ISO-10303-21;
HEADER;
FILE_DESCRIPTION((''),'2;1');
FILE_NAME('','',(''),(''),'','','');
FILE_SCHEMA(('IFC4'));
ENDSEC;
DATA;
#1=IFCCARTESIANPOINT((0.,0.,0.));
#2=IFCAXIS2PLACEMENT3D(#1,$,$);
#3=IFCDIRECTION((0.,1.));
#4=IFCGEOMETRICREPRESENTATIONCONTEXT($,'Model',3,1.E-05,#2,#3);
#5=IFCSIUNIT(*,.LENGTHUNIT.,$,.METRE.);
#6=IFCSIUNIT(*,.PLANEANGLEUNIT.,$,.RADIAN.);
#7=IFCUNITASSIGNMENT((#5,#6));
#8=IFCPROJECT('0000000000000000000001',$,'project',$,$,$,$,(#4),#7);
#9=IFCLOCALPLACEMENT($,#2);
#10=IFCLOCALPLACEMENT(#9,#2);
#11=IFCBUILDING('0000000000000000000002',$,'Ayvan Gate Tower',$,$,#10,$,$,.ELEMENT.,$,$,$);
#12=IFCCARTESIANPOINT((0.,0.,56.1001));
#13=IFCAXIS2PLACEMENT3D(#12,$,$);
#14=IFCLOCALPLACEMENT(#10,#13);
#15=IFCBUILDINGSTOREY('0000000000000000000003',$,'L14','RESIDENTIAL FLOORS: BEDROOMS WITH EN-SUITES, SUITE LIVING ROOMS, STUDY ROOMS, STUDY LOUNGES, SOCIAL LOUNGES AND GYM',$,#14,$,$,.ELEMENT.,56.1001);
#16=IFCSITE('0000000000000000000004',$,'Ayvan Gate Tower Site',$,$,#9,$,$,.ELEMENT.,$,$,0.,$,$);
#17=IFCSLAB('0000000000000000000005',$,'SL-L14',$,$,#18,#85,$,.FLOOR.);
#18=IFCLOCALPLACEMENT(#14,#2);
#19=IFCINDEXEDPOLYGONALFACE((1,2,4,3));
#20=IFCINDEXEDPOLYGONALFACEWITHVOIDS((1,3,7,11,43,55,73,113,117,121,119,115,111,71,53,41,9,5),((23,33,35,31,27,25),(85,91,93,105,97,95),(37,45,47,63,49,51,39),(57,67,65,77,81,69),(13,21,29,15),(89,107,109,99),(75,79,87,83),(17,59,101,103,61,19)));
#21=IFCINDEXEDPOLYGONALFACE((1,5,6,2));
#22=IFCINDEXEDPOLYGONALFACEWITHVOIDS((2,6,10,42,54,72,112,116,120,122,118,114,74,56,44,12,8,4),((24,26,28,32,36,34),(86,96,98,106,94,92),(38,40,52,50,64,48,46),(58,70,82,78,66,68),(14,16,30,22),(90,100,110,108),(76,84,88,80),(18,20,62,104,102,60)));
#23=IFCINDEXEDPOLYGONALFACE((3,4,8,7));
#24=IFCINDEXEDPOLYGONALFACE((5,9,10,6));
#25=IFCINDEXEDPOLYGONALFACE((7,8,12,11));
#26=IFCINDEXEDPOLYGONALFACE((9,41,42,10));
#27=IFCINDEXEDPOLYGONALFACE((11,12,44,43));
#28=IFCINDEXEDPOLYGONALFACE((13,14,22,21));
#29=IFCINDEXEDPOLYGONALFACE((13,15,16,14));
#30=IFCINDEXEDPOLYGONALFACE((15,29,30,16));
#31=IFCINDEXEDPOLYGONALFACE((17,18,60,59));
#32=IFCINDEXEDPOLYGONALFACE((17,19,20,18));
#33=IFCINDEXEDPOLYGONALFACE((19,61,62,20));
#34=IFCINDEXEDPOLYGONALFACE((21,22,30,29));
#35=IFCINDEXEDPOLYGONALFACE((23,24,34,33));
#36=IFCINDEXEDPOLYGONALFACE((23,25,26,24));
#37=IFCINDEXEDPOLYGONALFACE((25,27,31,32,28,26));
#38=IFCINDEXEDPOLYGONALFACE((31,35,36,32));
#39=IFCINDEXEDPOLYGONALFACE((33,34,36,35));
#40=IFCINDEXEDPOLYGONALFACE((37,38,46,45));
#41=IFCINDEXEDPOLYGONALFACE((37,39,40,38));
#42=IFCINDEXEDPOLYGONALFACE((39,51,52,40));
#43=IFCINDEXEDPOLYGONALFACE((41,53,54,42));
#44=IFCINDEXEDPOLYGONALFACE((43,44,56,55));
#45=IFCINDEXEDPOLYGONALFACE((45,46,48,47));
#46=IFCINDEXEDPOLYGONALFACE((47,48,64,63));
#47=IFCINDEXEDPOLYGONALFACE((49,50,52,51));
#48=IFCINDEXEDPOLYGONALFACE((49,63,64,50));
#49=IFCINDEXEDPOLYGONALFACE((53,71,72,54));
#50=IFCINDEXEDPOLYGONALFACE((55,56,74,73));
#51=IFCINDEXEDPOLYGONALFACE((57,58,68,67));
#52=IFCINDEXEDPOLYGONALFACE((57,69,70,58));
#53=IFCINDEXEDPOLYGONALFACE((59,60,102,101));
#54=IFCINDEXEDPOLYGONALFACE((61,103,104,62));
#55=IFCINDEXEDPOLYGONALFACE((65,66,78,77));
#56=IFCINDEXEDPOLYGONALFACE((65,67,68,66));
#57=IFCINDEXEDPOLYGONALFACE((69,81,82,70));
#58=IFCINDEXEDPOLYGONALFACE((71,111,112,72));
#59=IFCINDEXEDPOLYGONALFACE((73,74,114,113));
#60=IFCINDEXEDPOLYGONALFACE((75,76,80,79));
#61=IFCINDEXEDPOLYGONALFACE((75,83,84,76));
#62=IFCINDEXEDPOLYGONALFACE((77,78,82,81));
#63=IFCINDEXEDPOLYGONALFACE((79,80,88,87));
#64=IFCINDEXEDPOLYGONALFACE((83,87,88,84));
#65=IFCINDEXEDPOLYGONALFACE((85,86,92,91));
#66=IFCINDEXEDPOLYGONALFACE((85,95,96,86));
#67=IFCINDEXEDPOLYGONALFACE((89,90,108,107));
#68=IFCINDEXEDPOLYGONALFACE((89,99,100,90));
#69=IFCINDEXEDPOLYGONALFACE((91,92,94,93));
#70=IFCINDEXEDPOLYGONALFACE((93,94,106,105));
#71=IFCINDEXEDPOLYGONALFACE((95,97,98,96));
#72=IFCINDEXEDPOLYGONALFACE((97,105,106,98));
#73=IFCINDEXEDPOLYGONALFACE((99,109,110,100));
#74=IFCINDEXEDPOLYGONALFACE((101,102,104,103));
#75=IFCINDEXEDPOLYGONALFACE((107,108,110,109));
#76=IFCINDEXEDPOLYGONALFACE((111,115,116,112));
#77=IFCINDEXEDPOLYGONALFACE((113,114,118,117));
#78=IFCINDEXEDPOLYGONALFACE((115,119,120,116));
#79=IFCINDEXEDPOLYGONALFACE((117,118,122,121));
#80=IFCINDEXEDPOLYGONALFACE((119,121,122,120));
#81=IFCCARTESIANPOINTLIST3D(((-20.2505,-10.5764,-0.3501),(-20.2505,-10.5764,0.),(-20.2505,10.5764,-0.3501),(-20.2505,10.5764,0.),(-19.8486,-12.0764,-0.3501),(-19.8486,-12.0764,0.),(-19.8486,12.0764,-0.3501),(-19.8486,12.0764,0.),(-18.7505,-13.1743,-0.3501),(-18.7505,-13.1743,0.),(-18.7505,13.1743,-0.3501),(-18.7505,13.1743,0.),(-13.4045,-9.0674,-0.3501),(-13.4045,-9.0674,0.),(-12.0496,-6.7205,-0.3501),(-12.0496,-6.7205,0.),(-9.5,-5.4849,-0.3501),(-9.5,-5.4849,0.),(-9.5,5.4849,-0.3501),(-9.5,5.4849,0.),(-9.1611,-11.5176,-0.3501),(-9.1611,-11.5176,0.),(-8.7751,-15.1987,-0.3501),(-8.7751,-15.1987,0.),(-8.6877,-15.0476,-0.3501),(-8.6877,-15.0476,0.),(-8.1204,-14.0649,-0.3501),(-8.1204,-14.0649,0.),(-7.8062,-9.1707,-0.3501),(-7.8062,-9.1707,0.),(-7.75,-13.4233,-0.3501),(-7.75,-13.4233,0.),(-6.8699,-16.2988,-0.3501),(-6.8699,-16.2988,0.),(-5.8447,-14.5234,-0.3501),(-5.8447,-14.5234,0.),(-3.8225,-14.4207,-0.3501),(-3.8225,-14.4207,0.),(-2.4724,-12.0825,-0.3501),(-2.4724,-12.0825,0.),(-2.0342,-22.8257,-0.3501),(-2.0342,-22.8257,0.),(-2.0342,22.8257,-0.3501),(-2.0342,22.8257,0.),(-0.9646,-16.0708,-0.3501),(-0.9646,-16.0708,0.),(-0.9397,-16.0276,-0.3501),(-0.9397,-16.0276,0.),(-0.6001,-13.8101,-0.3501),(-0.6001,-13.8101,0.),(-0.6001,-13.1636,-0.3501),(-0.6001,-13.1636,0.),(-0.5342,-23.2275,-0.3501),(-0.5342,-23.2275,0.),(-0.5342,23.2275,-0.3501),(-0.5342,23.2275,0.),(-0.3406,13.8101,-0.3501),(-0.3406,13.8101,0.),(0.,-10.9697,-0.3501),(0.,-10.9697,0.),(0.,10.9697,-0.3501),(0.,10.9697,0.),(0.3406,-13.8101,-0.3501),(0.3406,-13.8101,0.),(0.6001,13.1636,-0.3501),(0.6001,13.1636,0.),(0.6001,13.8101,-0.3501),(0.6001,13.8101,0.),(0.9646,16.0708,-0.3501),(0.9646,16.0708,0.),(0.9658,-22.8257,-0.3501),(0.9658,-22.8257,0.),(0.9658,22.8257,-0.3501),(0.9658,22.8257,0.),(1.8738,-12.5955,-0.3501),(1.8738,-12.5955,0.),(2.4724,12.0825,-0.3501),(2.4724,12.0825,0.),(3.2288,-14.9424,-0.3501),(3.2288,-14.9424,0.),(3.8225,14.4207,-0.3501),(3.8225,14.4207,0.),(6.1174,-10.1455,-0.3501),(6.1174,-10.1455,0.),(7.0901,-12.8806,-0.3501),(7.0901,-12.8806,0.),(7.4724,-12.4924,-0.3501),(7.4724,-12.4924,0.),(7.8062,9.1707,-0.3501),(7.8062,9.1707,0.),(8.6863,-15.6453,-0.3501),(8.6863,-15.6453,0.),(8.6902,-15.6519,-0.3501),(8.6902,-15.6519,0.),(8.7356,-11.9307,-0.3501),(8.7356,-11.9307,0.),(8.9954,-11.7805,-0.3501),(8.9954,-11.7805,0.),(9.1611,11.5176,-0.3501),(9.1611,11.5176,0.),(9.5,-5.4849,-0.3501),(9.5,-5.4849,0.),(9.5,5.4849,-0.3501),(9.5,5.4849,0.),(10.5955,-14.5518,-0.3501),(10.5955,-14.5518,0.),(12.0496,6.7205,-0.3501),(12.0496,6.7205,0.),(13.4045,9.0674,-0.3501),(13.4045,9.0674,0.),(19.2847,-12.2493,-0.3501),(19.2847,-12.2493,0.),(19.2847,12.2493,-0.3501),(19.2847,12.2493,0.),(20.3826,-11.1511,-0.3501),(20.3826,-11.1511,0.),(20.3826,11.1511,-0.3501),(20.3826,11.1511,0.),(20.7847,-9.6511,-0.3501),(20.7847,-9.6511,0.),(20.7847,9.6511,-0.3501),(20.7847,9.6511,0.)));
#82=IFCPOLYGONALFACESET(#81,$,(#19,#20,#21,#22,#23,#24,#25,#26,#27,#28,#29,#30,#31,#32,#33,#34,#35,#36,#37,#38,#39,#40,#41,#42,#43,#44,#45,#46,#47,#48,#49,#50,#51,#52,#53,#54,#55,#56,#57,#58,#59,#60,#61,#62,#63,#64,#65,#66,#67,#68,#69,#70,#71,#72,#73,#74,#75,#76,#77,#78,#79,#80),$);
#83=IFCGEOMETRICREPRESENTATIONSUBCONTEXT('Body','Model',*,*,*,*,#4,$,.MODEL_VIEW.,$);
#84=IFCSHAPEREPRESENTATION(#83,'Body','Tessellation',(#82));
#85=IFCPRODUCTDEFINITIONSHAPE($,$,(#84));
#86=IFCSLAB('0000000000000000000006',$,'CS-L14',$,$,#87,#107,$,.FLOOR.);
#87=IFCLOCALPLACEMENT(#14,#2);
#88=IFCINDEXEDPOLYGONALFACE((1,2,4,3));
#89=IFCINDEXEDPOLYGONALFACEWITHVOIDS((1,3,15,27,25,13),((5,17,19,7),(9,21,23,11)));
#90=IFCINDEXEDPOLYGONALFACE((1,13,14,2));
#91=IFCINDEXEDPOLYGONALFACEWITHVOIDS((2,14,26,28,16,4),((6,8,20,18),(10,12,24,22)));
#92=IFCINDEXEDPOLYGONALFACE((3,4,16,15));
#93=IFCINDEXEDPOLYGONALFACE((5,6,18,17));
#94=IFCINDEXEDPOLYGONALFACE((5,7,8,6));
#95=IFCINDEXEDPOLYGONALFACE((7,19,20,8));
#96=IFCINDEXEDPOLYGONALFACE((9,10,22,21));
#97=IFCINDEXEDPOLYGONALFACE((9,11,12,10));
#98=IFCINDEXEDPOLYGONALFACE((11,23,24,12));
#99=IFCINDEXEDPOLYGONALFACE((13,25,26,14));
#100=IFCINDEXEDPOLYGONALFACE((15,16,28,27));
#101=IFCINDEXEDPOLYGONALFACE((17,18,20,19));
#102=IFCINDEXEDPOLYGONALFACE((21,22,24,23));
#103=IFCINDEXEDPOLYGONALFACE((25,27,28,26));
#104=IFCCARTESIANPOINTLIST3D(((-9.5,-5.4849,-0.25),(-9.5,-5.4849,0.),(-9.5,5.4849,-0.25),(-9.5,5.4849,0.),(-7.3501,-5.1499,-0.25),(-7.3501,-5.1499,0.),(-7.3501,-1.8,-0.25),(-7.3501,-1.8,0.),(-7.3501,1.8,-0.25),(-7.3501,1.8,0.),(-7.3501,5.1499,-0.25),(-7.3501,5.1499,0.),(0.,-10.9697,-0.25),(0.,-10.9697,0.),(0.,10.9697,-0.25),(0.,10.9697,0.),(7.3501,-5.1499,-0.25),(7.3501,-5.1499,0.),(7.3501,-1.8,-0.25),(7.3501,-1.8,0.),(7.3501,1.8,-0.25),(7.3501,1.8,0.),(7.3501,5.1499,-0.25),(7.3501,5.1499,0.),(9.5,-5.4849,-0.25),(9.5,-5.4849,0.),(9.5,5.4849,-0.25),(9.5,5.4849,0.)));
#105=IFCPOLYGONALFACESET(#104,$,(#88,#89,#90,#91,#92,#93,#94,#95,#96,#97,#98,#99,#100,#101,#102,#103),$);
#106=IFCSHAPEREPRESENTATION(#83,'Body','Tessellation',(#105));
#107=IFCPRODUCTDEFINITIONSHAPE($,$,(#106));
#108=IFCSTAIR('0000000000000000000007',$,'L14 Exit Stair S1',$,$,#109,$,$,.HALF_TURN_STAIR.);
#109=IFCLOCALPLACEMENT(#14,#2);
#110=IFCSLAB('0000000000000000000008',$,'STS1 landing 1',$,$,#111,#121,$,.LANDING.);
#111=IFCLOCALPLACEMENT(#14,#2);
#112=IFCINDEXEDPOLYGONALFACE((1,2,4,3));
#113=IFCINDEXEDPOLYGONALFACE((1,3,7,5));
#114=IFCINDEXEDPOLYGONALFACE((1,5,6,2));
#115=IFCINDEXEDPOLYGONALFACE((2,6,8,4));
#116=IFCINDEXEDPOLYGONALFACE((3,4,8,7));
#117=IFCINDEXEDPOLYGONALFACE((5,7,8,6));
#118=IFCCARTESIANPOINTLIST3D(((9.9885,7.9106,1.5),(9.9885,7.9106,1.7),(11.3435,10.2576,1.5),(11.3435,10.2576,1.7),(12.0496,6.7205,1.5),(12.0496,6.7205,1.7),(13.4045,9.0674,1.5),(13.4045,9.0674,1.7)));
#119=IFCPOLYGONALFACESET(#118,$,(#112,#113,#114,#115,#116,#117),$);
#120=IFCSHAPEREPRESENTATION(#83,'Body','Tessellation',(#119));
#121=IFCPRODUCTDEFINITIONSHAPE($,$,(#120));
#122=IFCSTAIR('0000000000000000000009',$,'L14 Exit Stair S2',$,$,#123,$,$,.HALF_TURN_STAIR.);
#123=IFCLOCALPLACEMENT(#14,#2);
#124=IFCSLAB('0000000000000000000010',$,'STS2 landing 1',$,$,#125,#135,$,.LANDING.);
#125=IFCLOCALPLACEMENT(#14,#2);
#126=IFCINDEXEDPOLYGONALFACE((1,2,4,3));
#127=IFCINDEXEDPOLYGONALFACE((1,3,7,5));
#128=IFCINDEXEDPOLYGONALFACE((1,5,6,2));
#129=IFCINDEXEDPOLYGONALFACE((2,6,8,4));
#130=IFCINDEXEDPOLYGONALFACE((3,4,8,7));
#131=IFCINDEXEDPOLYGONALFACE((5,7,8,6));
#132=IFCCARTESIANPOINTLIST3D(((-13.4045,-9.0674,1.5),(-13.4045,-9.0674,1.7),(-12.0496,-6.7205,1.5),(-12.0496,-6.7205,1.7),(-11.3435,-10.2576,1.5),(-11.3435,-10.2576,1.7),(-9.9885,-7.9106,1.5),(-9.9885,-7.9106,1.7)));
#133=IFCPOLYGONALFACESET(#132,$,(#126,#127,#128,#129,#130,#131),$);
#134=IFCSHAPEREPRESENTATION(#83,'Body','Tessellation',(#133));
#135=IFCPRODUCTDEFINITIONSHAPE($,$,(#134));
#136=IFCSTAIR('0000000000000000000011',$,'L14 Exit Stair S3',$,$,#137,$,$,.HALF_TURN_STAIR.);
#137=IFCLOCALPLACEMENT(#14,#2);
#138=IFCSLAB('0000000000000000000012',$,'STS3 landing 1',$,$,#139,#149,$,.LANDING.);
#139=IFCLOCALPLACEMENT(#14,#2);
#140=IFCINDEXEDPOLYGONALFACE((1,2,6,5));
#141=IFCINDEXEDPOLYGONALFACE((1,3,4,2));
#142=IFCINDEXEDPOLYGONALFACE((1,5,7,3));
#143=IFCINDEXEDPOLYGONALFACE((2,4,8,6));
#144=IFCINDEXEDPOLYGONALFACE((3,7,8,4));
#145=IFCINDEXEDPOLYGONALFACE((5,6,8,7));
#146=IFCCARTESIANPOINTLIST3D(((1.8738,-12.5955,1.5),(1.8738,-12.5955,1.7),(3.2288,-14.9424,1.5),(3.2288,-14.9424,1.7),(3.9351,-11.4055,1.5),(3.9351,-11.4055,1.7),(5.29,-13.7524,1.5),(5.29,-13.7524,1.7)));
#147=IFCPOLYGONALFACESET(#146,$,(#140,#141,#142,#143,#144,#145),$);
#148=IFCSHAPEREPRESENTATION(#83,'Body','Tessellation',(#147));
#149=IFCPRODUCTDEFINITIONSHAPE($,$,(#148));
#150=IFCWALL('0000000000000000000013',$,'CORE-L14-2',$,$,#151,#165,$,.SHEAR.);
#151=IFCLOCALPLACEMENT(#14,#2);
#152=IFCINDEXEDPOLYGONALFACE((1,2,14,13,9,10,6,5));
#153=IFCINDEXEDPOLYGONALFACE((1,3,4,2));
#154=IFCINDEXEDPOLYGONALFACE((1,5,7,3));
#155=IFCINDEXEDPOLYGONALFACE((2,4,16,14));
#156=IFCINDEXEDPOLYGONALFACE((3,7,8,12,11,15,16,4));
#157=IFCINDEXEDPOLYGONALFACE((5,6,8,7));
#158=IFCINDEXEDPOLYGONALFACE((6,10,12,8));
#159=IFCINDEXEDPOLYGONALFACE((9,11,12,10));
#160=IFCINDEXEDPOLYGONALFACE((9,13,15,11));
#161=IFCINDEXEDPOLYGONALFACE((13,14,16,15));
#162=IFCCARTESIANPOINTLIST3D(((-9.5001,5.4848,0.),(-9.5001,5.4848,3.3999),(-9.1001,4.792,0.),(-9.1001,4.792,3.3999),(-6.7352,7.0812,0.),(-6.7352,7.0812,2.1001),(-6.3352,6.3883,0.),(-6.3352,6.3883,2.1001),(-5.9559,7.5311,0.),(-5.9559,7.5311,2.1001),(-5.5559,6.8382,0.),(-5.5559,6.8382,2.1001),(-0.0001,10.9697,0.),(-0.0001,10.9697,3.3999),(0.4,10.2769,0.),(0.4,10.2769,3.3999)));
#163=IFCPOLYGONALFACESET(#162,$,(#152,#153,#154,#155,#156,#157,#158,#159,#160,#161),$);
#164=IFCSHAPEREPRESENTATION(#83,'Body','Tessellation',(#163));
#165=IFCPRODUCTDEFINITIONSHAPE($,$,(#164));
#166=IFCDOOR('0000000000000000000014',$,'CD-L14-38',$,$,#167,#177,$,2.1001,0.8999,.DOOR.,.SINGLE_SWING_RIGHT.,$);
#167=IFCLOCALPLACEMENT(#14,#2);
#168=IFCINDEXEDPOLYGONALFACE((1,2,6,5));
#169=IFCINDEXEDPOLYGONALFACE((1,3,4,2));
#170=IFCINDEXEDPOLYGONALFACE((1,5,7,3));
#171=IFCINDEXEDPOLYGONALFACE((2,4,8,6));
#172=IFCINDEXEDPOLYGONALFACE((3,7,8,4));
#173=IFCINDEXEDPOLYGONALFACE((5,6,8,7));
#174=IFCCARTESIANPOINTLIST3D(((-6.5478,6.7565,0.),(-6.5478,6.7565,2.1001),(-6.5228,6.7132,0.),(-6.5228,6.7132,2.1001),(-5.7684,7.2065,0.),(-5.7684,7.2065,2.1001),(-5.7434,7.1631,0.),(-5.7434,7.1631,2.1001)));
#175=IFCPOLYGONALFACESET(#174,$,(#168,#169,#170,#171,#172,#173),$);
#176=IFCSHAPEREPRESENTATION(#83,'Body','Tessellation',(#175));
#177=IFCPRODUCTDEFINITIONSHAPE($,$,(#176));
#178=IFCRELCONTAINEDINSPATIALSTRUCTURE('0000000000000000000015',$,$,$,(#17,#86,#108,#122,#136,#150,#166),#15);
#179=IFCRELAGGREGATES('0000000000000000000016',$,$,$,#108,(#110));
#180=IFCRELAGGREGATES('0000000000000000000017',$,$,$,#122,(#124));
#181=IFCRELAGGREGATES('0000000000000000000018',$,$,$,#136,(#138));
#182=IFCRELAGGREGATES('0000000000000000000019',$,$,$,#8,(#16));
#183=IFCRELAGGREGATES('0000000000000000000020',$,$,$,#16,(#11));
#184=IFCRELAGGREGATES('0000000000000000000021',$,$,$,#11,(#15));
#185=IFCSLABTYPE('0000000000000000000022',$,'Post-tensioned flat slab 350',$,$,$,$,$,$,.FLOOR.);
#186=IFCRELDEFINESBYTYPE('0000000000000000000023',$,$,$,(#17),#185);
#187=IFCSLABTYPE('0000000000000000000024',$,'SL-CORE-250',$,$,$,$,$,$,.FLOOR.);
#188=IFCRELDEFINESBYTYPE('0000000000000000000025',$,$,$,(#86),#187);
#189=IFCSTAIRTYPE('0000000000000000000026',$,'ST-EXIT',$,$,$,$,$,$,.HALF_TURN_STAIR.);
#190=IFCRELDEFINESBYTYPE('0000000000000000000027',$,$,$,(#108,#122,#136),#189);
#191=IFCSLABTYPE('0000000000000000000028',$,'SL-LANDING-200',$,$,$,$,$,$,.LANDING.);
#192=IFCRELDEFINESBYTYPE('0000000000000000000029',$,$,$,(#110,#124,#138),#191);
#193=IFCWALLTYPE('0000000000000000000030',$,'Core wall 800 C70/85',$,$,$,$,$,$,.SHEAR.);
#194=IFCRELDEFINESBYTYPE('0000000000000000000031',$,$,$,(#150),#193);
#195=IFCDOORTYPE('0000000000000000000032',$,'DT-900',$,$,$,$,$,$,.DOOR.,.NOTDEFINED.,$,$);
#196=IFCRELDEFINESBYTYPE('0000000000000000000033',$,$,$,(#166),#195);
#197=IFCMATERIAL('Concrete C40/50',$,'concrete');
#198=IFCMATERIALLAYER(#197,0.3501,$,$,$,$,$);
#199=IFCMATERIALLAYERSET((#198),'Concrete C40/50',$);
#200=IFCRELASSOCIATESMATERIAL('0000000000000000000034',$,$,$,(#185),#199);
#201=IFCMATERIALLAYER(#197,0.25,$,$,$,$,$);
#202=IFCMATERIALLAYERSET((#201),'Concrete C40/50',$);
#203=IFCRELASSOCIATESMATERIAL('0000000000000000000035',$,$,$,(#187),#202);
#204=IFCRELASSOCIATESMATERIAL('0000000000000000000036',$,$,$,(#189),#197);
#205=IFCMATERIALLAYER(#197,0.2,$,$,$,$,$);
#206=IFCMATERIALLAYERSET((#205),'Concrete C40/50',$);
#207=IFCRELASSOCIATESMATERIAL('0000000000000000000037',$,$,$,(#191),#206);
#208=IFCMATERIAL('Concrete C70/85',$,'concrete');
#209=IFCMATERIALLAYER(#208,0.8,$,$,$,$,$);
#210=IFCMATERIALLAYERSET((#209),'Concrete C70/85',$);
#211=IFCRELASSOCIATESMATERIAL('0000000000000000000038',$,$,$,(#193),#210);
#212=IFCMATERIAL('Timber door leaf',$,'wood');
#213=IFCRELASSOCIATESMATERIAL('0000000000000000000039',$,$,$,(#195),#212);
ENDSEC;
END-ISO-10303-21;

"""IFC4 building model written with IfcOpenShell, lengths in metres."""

from ifc_helpers import new_model, si_unit, direction, frame, frame_2d, origin, place, context, subcontext, project, spatial, polyline, rectangle, outline, extrude, material, layer, layer_set, type_object, element, fill, aggregate, save


model = new_model("IFC4")

# Units and contexts
model_context = context("Model", 3, precision=1e-05, world=origin(), true_north=direction((0.0, 1.0)))
body_context = subcontext(model_context, "Body", "Model", "MODEL_VIEW")
ifc_project = project(units=[si_unit("LENGTHUNIT", "METRE"), si_unit("PLANEANGLEUNIT", "RADIAN")], contexts=[model_context])

# Site, building, storey
site_placement = place(None, origin())
site = spatial("IfcSite", under=ifc_project, at=site_placement, Name="Ayvan Gate Tower Site", CompositionType="ELEMENT", RefElevation=0.0)
building_placement = place(site_placement, origin())
building = spatial("IfcBuilding", under=site, at=building_placement, Name="Ayvan Gate Tower", CompositionType="ELEMENT")
storey_placement = place(building_placement, frame((0.0, 0.0, 56.1001)))
storey = spatial("IfcBuildingStorey", under=building, at=storey_placement, Name="L14", Description="RESIDENTIAL FLOORS: BEDROOMS WITH EN-SUITES, SUITE LIVING ROOMS, STUDY ROOMS, STUDY LOUNGES, SOCIAL LOUNGES AND GYM", CompositionType="ELEMENT", Elevation=56.1001)

# Slabs
ifc_material_1 = material(Name="Concrete C40/50", Category="concrete")
ifc_layer_1 = layer(ifc_material_1, 0.3501)
ifc_layer_set_1 = layer_set([ifc_layer_1], Name="Concrete C40/50")
slab_type_1 = type_object("IfcSlabType", Name="Post-tensioned flat slab 350", PredefinedType="FLOOR", material=ifc_layer_set_1)
slab_1_placement = place(storey_placement, frame((0.0, 0.0, -0.3501)))
element("IfcSlab", 1, at=slab_1_placement, inside=storey, type_object=slab_type_1, Name="SL-L14", PredefinedType="FLOOR", context=body_context, shape_type="SweptSolid", body=[
    extrude(outline(polyline([(-2.0342, -22.8257), (-18.7505, -13.1743), (-19.8486, -12.0764), (-20.2505, -10.5764), (-20.2505, 10.5764), (-19.8486, 12.0764), (-18.7505, 13.1743), (-2.0342, 22.8257), (-0.5342, 23.2275), (0.9658, 22.8257), (19.2847, 12.2493), (20.3826, 11.1511), (20.7847, 9.6511), (20.7847, -9.6511), (20.3826, -11.1511), (19.2847, -12.2493), (0.9658, -22.8257), (-0.5342, -23.2275), (-2.0342, -22.8257)]), holes=[polyline([(9.1611, 11.5176), (7.8062, 9.1707), (12.0496, 6.7205), (13.4045, 9.0674), (9.1611, 11.5176)]), polyline([(10.5955, -14.5518), (8.9954, -11.7805), (8.7356, -11.9307), (7.0901, -12.8806), (8.6863, -15.6453), (8.6902, -15.6519), (10.5955, -14.5518)]), polyline([(-9.5, 5.4849), (-9.5, -5.4849), (0.0, -10.9697), (9.5, -5.4849), (9.5, 5.4849), (0.0, 10.9697), (-9.5, 5.4849)]), polyline([(7.4724, -12.4924), (6.1174, -10.1455), (1.8738, -12.5955), (3.2288, -14.9424), (7.4724, -12.4924)]), polyline([(3.8225, 14.4207), (0.9646, 16.0708), (-0.3406, 13.8101), (0.6001, 13.8101), (0.6001, 13.1636), (2.4724, 12.0825), (3.8225, 14.4207)]), polyline([(-0.6001, -13.8101), (-0.6001, -13.1636), (-2.4724, -12.0825), (-3.8225, -14.4207), (-0.9646, -16.0708), (-0.9397, -16.0276), (0.3406, -13.8101), (-0.6001, -13.8101)]), polyline([(-5.8447, -14.5234), (-7.75, -13.4233), (-8.1204, -14.0649), (-8.6877, -15.0476), (-8.7751, -15.1987), (-6.8699, -16.2988), (-5.8447, -14.5234)]), polyline([(-12.0496, -6.7205), (-13.4045, -9.0674), (-9.1611, -11.5176), (-7.8062, -9.1707), (-12.0496, -6.7205)])]), origin(), (0.0, 0.0, 1.0), 0.3501),
])
ifc_layer_2 = layer(ifc_material_1, 0.25)
ifc_layer_set_2 = layer_set([ifc_layer_2], Name="Concrete C40/50")
slab_type_2 = type_object("IfcSlabType", Name="SL-CORE-250", PredefinedType="FLOOR", material=ifc_layer_set_2)
slab_2_placement = place(storey_placement, frame((0.0, 0.0, -0.25)))
element("IfcSlab", 2, at=slab_2_placement, inside=storey, type_object=slab_type_2, Name="CS-L14", PredefinedType="FLOOR", context=body_context, shape_type="SweptSolid", body=[
    extrude(outline(polyline([(9.5, -5.4849), (0.0, -10.9697), (-9.5, -5.4849), (-9.5, 5.4849), (0.0, 10.9697), (9.5, 5.4849), (9.5, -5.4849)]), holes=[polyline([(-7.3501, -1.8), (-7.3501, -5.1499), (7.3501, -5.1499), (7.3501, -1.8), (-7.3501, -1.8)]), polyline([(-7.3501, 5.1499), (-7.3501, 1.8), (7.3501, 1.8), (7.3501, 5.1499), (-7.3501, 5.1499)])]), origin(), (0.0, 0.0, 1.0), 0.25),
])

# Stairs, slabs
stair_type = type_object("IfcStairType", Name="ST-EXIT", PredefinedType="HALF_TURN_STAIR", material=ifc_material_1)
stair_1_placement = place(storey_placement, origin())
stair_1 = element("IfcStair", 3, at=stair_1_placement, inside=storey, type_object=stair_type, Name="L14 Exit Stair S1", PredefinedType="HALF_TURN_STAIR")
ifc_layer_3 = layer(ifc_material_1, 0.2)
ifc_layer_set_3 = layer_set([ifc_layer_3], Name="Concrete C40/50")
slab_type_3 = type_object("IfcSlabType", Name="SL-LANDING-200", PredefinedType="LANDING", material=ifc_layer_set_3)
slab_3_placement = place(storey_placement, frame((0.0, 0.0, 1.5)))
slab_3 = element("IfcSlab", 4, at=slab_3_placement, type_object=slab_type_3, Name="STS1 landing 1", PredefinedType="LANDING", context=body_context, shape_type="SweptSolid", body=[
    extrude(outline(polyline([(9.9885, 7.9106), (12.0496, 6.7205), (13.4045, 9.0674), (11.3435, 10.2576), (9.9885, 7.9106)])), origin(), (0.0, 0.0, 1.0), 0.2),
])
aggregate(stair_1, [slab_3])
stair_2_placement = place(storey_placement, origin())
stair_2 = element("IfcStair", 5, at=stair_2_placement, inside=storey, type_object=stair_type, Name="L14 Exit Stair S2", PredefinedType="HALF_TURN_STAIR")
slab_4_placement = place(storey_placement, frame((0.0, 0.0, 1.5)))
slab_4 = element("IfcSlab", 6, at=slab_4_placement, type_object=slab_type_3, Name="STS2 landing 1", PredefinedType="LANDING", context=body_context, shape_type="SweptSolid", body=[
    extrude(outline(polyline([(-9.9885, -7.9106), (-12.0496, -6.7205), (-13.4045, -9.0674), (-11.3435, -10.2576), (-9.9885, -7.9106)])), origin(), (0.0, 0.0, 1.0), 0.2),
])
aggregate(stair_2, [slab_4])
stair_3_placement = place(storey_placement, origin())
stair_3 = element("IfcStair", 7, at=stair_3_placement, inside=storey, type_object=stair_type, Name="L14 Exit Stair S3", PredefinedType="HALF_TURN_STAIR")
slab_5_placement = place(storey_placement, frame((0.0, 0.0, 1.5)))
slab_5 = element("IfcSlab", 8, at=slab_5_placement, type_object=slab_type_3, Name="STS3 landing 1", PredefinedType="LANDING", context=body_context, shape_type="SweptSolid", body=[
    extrude(outline(polyline([(3.9351, -11.4055), (1.8738, -12.5955), (3.2288, -14.9424), (5.29, -13.7524), (3.9351, -11.4055)])), origin(), (0.0, 0.0, 1.0), 0.2),
])
aggregate(stair_3, [slab_5])

# Wall, opening, door
ifc_material_2 = material(Name="Concrete C70/85", Category="concrete")
ifc_layer_4 = layer(ifc_material_2, 0.8)
ifc_layer_set_4 = layer_set([ifc_layer_4], Name="Concrete C70/85")
wall_type_1 = type_object("IfcWallType", Name="Core wall 800 C70/85", PredefinedType="SHEAR", material=ifc_layer_set_4)
wall_1_placement = place(storey_placement, frame((0.2, 10.6233, 0.0), z_axis=(0.0, 0.0, 1.0), x_axis=(-0.866024, -0.500002, 0.0)))
wall_1 = element("IfcWall", 9, at=wall_1_placement, inside=storey, type_object=wall_type_1, Name="CORE-L14-2", PredefinedType="SHEAR", context=body_context, shape_type="SweptSolid", body=[
    extrude(rectangle(XDim=10.9697, YDim=0.8, at=frame_2d((5.4849, 0.0))), origin(), (0.0, 0.0, 1.0), 3.3999),
])
opening_placement = place(wall_1_placement, frame((6.8772, 0.0, 0.0)))
opening = element("IfcOpeningElement", 10, at=opening_placement, cuts=wall_1, PredefinedType="OPENING", context=body_context, shape_type="SweptSolid", body=[
    extrude(rectangle(XDim=0.8999, YDim=2.1001, at=frame_2d((0.45, 1.05))), frame((0.0, 0.4099, 0.0), z_axis=(0.0, -1.0, 0.0), x_axis=(1.0, 0.0, 0.0)), (0.0, 0.0, 1.0), 0.8201),
])
ifc_material_3 = material(Name="Timber door leaf", Category="wood")
door_type = type_object("IfcDoorType", Name="DT-900", OperationType="NOTDEFINED", PredefinedType="DOOR", material=ifc_material_3)
door_placement = place(opening_placement, origin())
door = element("IfcDoor", 11, at=door_placement, inside=storey, type_object=door_type, Name="CD-L14-38", OperationType="SINGLE_SWING_RIGHT", OverallHeight=2.1001, OverallWidth=0.8999, PredefinedType="DOOR", context=body_context, shape_type="SweptSolid", body=[
    extrude(rectangle(XDim=0.8999, YDim=2.1001, at=frame_2d((0.45, 1.05))), frame((0.0, 0.0249, 0.0), z_axis=(0.0, -1.0, 0.0), x_axis=(1.0, 0.0, 0.0)), (0.0, 0.0, 1.0), 0.05),
])
fill(opening, door)

save(model, "model.ifc")
